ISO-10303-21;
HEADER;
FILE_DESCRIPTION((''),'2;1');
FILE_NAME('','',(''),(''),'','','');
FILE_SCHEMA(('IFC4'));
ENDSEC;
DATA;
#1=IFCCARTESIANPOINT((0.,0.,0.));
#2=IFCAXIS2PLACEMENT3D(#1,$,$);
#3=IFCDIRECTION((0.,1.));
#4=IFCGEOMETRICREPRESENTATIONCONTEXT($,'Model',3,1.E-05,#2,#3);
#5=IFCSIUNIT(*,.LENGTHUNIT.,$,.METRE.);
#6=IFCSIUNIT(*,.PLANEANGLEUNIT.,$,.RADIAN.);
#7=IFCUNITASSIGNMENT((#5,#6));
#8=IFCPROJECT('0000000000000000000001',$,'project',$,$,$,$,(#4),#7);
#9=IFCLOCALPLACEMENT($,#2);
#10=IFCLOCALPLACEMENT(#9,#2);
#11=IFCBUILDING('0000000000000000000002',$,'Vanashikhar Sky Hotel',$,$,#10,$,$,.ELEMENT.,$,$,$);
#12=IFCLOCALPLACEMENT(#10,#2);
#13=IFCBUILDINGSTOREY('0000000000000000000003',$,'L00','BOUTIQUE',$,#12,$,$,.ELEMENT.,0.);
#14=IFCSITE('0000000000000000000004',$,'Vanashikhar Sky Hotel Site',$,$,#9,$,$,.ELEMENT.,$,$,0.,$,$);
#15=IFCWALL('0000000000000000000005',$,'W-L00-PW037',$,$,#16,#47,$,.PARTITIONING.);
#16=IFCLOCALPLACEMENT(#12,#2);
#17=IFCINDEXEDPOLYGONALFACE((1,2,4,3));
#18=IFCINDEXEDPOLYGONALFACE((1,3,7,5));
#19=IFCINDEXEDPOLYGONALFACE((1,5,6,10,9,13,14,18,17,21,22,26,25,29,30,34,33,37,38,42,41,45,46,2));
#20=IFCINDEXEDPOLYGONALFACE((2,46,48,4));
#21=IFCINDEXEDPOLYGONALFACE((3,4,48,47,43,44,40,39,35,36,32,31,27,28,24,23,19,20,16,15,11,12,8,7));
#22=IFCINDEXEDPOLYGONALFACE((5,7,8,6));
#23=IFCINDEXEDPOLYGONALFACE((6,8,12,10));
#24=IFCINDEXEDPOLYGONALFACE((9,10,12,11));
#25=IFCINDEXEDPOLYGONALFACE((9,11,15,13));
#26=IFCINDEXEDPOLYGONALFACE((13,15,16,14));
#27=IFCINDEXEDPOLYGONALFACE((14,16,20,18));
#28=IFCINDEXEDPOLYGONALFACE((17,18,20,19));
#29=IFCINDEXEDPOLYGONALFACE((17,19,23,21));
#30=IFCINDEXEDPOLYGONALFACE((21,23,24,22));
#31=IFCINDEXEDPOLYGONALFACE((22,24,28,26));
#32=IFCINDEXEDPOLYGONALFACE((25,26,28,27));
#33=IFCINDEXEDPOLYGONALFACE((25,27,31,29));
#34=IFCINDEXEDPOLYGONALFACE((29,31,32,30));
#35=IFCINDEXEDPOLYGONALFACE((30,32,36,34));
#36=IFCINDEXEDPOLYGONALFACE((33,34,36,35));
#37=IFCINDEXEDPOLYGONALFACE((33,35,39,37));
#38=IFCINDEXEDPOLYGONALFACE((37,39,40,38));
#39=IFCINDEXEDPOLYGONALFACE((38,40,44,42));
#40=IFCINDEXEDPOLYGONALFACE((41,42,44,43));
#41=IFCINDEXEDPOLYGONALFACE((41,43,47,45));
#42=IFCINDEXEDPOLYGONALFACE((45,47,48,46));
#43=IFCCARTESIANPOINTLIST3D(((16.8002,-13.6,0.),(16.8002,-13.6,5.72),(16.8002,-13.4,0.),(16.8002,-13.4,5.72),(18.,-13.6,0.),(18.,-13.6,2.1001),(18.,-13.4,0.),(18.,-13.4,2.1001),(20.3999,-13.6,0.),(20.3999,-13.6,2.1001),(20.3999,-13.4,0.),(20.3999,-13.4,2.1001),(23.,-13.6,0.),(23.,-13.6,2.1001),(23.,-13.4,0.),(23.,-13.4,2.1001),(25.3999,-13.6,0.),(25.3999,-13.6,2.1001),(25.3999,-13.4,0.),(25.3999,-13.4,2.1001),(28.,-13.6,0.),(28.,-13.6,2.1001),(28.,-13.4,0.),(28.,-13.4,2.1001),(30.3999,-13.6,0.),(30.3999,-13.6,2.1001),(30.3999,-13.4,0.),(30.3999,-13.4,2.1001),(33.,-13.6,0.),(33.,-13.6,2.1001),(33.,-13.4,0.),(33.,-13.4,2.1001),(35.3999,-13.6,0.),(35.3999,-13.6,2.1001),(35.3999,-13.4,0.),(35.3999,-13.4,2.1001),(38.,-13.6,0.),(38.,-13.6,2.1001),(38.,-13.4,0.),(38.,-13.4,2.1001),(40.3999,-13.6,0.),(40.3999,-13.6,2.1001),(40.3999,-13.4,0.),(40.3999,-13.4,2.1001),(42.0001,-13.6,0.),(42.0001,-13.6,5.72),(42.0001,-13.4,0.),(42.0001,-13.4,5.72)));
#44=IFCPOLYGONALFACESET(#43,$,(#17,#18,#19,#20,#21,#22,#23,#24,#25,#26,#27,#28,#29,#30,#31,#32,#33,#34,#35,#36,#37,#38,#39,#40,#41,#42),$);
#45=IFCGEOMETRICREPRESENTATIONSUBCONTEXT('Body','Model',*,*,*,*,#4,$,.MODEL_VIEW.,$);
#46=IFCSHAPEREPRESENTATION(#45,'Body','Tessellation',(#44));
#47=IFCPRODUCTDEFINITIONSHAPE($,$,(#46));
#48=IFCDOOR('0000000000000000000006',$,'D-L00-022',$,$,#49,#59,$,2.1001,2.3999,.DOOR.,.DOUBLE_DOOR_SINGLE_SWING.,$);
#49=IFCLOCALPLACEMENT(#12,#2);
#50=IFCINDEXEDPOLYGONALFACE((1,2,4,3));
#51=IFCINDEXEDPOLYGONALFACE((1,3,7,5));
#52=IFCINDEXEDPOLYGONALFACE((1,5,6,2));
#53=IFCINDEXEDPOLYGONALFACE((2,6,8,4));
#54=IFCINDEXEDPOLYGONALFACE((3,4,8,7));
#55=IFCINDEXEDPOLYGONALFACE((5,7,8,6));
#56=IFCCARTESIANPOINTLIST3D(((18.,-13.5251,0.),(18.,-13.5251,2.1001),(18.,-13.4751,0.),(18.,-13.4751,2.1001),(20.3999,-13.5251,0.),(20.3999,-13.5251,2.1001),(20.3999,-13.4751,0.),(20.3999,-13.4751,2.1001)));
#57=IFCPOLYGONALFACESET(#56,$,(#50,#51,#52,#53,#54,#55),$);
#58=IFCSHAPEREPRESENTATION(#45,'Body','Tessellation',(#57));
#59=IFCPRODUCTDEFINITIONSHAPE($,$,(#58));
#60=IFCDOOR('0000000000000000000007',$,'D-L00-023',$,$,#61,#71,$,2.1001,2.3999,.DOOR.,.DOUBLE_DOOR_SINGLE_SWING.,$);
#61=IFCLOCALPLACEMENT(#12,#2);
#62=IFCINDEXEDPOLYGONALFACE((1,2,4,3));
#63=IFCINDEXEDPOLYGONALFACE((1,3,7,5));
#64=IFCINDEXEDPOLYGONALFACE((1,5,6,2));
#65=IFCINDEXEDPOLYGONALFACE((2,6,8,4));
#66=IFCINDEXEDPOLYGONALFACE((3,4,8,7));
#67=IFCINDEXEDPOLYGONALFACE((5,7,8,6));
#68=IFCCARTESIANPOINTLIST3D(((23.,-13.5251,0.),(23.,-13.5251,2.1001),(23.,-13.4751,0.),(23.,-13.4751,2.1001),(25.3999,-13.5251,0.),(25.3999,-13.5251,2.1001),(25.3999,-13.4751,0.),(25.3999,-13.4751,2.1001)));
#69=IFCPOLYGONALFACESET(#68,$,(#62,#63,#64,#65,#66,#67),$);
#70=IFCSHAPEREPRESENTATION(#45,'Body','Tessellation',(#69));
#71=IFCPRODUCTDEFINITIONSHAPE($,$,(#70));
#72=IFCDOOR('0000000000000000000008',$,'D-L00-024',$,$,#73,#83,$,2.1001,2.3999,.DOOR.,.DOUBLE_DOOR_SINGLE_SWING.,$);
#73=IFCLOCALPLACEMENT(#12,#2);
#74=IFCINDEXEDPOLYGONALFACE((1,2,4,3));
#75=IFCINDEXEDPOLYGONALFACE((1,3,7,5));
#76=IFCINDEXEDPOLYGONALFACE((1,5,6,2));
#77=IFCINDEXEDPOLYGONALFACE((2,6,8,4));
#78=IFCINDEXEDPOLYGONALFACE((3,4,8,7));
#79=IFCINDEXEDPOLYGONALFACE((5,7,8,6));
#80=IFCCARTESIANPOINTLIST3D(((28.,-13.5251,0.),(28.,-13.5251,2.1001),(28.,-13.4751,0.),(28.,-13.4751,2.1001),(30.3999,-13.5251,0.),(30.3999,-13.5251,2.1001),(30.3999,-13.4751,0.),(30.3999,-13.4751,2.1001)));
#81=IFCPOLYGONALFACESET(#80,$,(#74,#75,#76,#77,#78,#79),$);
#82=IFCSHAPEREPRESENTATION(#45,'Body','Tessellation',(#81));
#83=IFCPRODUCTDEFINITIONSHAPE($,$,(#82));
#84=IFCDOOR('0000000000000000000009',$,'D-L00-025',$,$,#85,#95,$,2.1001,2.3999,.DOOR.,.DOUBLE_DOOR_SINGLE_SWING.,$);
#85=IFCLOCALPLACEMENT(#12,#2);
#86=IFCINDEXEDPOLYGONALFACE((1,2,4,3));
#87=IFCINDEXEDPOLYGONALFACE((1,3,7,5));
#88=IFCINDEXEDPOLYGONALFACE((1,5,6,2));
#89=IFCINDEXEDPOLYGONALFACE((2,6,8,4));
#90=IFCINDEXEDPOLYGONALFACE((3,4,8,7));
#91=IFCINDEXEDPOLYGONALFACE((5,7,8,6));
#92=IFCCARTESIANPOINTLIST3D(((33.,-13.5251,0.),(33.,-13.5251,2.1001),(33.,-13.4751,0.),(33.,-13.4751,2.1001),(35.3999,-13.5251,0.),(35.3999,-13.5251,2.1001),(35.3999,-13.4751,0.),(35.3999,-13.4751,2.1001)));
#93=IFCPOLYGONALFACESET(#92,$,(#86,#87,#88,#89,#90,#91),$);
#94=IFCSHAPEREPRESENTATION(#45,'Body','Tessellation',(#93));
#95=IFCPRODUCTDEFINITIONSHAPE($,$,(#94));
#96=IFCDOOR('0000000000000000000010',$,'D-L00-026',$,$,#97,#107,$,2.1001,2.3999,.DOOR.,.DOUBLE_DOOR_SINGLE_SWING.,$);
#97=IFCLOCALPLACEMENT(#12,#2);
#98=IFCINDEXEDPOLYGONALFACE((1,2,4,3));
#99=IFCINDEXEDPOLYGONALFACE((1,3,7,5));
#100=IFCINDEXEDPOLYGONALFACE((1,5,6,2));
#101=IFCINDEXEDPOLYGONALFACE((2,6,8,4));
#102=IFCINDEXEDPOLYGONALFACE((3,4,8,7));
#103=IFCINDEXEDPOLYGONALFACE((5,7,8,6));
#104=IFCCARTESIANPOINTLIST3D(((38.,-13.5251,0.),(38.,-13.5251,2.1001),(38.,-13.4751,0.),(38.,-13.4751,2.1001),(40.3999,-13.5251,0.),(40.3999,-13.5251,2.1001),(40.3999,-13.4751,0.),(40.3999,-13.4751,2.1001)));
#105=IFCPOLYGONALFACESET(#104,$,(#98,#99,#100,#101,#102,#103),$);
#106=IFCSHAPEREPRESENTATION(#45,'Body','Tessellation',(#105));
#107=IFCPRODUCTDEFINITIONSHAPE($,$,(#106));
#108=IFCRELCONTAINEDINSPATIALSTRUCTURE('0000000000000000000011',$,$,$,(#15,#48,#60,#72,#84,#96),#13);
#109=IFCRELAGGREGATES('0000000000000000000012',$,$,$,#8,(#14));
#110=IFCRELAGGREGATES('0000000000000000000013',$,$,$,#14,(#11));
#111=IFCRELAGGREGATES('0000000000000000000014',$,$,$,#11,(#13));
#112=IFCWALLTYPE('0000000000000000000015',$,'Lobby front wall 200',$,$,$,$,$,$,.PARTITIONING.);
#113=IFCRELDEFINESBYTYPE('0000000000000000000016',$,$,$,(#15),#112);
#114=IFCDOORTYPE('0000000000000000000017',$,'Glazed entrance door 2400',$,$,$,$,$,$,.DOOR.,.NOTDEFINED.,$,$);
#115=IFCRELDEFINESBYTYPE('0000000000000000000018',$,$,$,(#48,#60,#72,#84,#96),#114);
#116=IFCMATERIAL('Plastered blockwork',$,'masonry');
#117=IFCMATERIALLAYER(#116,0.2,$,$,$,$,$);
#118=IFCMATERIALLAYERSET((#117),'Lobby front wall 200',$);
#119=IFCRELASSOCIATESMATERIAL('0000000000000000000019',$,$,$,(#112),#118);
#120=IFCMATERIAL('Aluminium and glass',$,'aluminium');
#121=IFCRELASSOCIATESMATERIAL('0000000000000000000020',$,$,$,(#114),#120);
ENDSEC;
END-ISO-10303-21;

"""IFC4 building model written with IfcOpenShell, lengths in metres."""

from ifc_helpers import new_model, si_unit, direction, frame, frame_2d, origin, place, context, subcontext, project, spatial, rectangle, extrude, source, transform, mapped, material, layer, layer_set, type_object, element, fill, save


model = new_model("IFC4")

# Units and contexts
model_context = context("Model", 3, precision=1e-05, world=origin(), true_north=direction((0.0, 1.0)))
body_context = subcontext(model_context, "Body", "Model", "MODEL_VIEW")
ifc_project = project(units=[si_unit("LENGTHUNIT", "METRE"), si_unit("PLANEANGLEUNIT", "RADIAN")], contexts=[model_context])

# Site, building, storey
site_placement = place(None, origin())
site = spatial("IfcSite", under=ifc_project, at=site_placement, Name="Vanashikhar Sky Hotel Site", CompositionType="ELEMENT", RefElevation=0.0)
building_placement = place(site_placement, origin())
building = spatial("IfcBuilding", under=site, at=building_placement, Name="Vanashikhar Sky Hotel", CompositionType="ELEMENT")
storey_placement = place(building_placement, origin())
storey = spatial("IfcBuildingStorey", under=building, at=storey_placement, Name="L00", Description="BOUTIQUE", CompositionType="ELEMENT", Elevation=0.0)

# Wall, openings, doors
ifc_material_1 = material(Name="Plastered blockwork", Category="masonry")
ifc_layer_1 = layer(ifc_material_1, 0.2)
ifc_layer_set_1 = layer_set([ifc_layer_1], Name="Lobby front wall 200")
wall_type_1 = type_object("IfcWallType", Name="Lobby front wall 200", PredefinedType="PARTITIONING", material=ifc_layer_set_1)
shared_shape_1 = source(origin(), body_context, "Body", "SweptSolid", [
    extrude(rectangle(XDim=25.2, YDim=0.2, at=frame_2d((12.6001, 0.0))), origin(), (0.0, 0.0, 1.0), 5.72),
])
wall_1_placement = place(storey_placement, frame((16.8, -13.5, 0.0), z_axis=(0.0, 0.0, 1.0), x_axis=(1.0, 0.0, 0.0)))
wall_1 = element("IfcWall", 1, at=wall_1_placement, inside=storey, type_object=wall_type_1, Name="W-L00-PW037", PredefinedType="PARTITIONING", context=body_context, shape_type="MappedRepresentation", body=[
    mapped(shared_shape_1, transform((0.0, 0.0, 0.0), scale=1.0)),
])
shared_shape_2 = source(origin(), body_context, "Body", "SweptSolid", [
    extrude(rectangle(XDim=2.3999, YDim=2.1001, at=frame_2d((1.2, 1.05))), frame((0.0, 0.1099, 0.0), z_axis=(0.0, -1.0, 0.0), x_axis=(1.0, 0.0, 0.0)), (0.0, 0.0, 1.0), 0.22),
])
opening_1_placement = place(wall_1_placement, frame((1.2, 0.0, 0.0)))
opening_1 = element("IfcOpeningElement", 2, at=opening_1_placement, cuts=wall_1, PredefinedType="OPENING", context=body_context, shape_type="MappedRepresentation", body=[
    mapped(shared_shape_2, transform((0.0, 0.0, 0.0), scale=1.0)),
])
opening_2_placement = place(wall_1_placement, frame((6.2, 0.0, 0.0)))
opening_2 = element("IfcOpeningElement", 3, at=opening_2_placement, cuts=wall_1, PredefinedType="OPENING", context=body_context, shape_type="MappedRepresentation", body=[
    mapped(shared_shape_2, transform((0.0, 0.0, 0.0), scale=1.0)),
])
opening_3_placement = place(wall_1_placement, frame((11.2, 0.0, 0.0)))
opening_3 = element("IfcOpeningElement", 4, at=opening_3_placement, cuts=wall_1, PredefinedType="OPENING", context=body_context, shape_type="MappedRepresentation", body=[
    mapped(shared_shape_2, transform((0.0, 0.0, 0.0), scale=1.0)),
])
opening_4_placement = place(wall_1_placement, frame((16.2, 0.0, 0.0)))
opening_4 = element("IfcOpeningElement", 5, at=opening_4_placement, cuts=wall_1, PredefinedType="OPENING", context=body_context, shape_type="MappedRepresentation", body=[
    mapped(shared_shape_2, transform((0.0, 0.0, 0.0), scale=1.0)),
])
opening_5_placement = place(wall_1_placement, frame((21.2, 0.0, 0.0)))
opening_5 = element("IfcOpeningElement", 6, at=opening_5_placement, cuts=wall_1, PredefinedType="OPENING", context=body_context, shape_type="MappedRepresentation", body=[
    mapped(shared_shape_2, transform((0.0, 0.0, 0.0), scale=1.0)),
])
ifc_material_2 = material(Name="Aluminium and glass", Category="aluminium")
door_type_1 = type_object("IfcDoorType", Name="Glazed entrance door 2400", OperationType="NOTDEFINED", PredefinedType="DOOR", material=ifc_material_2)
shared_shape_3 = source(origin(), body_context, "Body", "SweptSolid", [
    extrude(rectangle(XDim=2.3999, YDim=2.1001, at=frame_2d((1.2, 1.05))), frame((0.0, 0.0249, 0.0), z_axis=(0.0, -1.0, 0.0), x_axis=(1.0, 0.0, 0.0)), (0.0, 0.0, 1.0), 0.05),
])
door_1_placement = place(opening_1_placement, origin())
door_1 = element("IfcDoor", 7, at=door_1_placement, inside=storey, type_object=door_type_1, Name="D-L00-022", OperationType="DOUBLE_DOOR_SINGLE_SWING", OverallHeight=2.1001, OverallWidth=2.3999, PredefinedType="DOOR", context=body_context, shape_type="MappedRepresentation", body=[
    mapped(shared_shape_3, transform((0.0, 0.0, 0.0), scale=1.0)),
])
fill(opening_1, door_1)
door_2_placement = place(opening_2_placement, origin())
door_2 = element("IfcDoor", 8, at=door_2_placement, inside=storey, type_object=door_type_1, Name="D-L00-023", OperationType="DOUBLE_DOOR_SINGLE_SWING", OverallHeight=2.1001, OverallWidth=2.3999, PredefinedType="DOOR", context=body_context, shape_type="MappedRepresentation", body=[
    mapped(shared_shape_3, transform((0.0, 0.0, 0.0), scale=1.0)),
])
fill(opening_2, door_2)
door_3_placement = place(opening_3_placement, origin())
door_3 = element("IfcDoor", 9, at=door_3_placement, inside=storey, type_object=door_type_1, Name="D-L00-024", OperationType="DOUBLE_DOOR_SINGLE_SWING", OverallHeight=2.1001, OverallWidth=2.3999, PredefinedType="DOOR", context=body_context, shape_type="MappedRepresentation", body=[
    mapped(shared_shape_3, transform((0.0, 0.0, 0.0), scale=1.0)),
])
fill(opening_3, door_3)
door_4_placement = place(opening_4_placement, origin())
door_4 = element("IfcDoor", 10, at=door_4_placement, inside=storey, type_object=door_type_1, Name="D-L00-025", OperationType="DOUBLE_DOOR_SINGLE_SWING", OverallHeight=2.1001, OverallWidth=2.3999, PredefinedType="DOOR", context=body_context, shape_type="MappedRepresentation", body=[
    mapped(shared_shape_3, transform((0.0, 0.0, 0.0), scale=1.0)),
])
fill(opening_4, door_4)
door_5_placement = place(opening_5_placement, origin())
door_5 = element("IfcDoor", 11, at=door_5_placement, inside=storey, type_object=door_type_1, Name="D-L00-026", OperationType="DOUBLE_DOOR_SINGLE_SWING", OverallHeight=2.1001, OverallWidth=2.3999, PredefinedType="DOOR", context=body_context, shape_type="MappedRepresentation", body=[
    mapped(shared_shape_3, transform((0.0, 0.0, 0.0), scale=1.0)),
])
fill(opening_5, door_5)

save(model, "model.ifc")
